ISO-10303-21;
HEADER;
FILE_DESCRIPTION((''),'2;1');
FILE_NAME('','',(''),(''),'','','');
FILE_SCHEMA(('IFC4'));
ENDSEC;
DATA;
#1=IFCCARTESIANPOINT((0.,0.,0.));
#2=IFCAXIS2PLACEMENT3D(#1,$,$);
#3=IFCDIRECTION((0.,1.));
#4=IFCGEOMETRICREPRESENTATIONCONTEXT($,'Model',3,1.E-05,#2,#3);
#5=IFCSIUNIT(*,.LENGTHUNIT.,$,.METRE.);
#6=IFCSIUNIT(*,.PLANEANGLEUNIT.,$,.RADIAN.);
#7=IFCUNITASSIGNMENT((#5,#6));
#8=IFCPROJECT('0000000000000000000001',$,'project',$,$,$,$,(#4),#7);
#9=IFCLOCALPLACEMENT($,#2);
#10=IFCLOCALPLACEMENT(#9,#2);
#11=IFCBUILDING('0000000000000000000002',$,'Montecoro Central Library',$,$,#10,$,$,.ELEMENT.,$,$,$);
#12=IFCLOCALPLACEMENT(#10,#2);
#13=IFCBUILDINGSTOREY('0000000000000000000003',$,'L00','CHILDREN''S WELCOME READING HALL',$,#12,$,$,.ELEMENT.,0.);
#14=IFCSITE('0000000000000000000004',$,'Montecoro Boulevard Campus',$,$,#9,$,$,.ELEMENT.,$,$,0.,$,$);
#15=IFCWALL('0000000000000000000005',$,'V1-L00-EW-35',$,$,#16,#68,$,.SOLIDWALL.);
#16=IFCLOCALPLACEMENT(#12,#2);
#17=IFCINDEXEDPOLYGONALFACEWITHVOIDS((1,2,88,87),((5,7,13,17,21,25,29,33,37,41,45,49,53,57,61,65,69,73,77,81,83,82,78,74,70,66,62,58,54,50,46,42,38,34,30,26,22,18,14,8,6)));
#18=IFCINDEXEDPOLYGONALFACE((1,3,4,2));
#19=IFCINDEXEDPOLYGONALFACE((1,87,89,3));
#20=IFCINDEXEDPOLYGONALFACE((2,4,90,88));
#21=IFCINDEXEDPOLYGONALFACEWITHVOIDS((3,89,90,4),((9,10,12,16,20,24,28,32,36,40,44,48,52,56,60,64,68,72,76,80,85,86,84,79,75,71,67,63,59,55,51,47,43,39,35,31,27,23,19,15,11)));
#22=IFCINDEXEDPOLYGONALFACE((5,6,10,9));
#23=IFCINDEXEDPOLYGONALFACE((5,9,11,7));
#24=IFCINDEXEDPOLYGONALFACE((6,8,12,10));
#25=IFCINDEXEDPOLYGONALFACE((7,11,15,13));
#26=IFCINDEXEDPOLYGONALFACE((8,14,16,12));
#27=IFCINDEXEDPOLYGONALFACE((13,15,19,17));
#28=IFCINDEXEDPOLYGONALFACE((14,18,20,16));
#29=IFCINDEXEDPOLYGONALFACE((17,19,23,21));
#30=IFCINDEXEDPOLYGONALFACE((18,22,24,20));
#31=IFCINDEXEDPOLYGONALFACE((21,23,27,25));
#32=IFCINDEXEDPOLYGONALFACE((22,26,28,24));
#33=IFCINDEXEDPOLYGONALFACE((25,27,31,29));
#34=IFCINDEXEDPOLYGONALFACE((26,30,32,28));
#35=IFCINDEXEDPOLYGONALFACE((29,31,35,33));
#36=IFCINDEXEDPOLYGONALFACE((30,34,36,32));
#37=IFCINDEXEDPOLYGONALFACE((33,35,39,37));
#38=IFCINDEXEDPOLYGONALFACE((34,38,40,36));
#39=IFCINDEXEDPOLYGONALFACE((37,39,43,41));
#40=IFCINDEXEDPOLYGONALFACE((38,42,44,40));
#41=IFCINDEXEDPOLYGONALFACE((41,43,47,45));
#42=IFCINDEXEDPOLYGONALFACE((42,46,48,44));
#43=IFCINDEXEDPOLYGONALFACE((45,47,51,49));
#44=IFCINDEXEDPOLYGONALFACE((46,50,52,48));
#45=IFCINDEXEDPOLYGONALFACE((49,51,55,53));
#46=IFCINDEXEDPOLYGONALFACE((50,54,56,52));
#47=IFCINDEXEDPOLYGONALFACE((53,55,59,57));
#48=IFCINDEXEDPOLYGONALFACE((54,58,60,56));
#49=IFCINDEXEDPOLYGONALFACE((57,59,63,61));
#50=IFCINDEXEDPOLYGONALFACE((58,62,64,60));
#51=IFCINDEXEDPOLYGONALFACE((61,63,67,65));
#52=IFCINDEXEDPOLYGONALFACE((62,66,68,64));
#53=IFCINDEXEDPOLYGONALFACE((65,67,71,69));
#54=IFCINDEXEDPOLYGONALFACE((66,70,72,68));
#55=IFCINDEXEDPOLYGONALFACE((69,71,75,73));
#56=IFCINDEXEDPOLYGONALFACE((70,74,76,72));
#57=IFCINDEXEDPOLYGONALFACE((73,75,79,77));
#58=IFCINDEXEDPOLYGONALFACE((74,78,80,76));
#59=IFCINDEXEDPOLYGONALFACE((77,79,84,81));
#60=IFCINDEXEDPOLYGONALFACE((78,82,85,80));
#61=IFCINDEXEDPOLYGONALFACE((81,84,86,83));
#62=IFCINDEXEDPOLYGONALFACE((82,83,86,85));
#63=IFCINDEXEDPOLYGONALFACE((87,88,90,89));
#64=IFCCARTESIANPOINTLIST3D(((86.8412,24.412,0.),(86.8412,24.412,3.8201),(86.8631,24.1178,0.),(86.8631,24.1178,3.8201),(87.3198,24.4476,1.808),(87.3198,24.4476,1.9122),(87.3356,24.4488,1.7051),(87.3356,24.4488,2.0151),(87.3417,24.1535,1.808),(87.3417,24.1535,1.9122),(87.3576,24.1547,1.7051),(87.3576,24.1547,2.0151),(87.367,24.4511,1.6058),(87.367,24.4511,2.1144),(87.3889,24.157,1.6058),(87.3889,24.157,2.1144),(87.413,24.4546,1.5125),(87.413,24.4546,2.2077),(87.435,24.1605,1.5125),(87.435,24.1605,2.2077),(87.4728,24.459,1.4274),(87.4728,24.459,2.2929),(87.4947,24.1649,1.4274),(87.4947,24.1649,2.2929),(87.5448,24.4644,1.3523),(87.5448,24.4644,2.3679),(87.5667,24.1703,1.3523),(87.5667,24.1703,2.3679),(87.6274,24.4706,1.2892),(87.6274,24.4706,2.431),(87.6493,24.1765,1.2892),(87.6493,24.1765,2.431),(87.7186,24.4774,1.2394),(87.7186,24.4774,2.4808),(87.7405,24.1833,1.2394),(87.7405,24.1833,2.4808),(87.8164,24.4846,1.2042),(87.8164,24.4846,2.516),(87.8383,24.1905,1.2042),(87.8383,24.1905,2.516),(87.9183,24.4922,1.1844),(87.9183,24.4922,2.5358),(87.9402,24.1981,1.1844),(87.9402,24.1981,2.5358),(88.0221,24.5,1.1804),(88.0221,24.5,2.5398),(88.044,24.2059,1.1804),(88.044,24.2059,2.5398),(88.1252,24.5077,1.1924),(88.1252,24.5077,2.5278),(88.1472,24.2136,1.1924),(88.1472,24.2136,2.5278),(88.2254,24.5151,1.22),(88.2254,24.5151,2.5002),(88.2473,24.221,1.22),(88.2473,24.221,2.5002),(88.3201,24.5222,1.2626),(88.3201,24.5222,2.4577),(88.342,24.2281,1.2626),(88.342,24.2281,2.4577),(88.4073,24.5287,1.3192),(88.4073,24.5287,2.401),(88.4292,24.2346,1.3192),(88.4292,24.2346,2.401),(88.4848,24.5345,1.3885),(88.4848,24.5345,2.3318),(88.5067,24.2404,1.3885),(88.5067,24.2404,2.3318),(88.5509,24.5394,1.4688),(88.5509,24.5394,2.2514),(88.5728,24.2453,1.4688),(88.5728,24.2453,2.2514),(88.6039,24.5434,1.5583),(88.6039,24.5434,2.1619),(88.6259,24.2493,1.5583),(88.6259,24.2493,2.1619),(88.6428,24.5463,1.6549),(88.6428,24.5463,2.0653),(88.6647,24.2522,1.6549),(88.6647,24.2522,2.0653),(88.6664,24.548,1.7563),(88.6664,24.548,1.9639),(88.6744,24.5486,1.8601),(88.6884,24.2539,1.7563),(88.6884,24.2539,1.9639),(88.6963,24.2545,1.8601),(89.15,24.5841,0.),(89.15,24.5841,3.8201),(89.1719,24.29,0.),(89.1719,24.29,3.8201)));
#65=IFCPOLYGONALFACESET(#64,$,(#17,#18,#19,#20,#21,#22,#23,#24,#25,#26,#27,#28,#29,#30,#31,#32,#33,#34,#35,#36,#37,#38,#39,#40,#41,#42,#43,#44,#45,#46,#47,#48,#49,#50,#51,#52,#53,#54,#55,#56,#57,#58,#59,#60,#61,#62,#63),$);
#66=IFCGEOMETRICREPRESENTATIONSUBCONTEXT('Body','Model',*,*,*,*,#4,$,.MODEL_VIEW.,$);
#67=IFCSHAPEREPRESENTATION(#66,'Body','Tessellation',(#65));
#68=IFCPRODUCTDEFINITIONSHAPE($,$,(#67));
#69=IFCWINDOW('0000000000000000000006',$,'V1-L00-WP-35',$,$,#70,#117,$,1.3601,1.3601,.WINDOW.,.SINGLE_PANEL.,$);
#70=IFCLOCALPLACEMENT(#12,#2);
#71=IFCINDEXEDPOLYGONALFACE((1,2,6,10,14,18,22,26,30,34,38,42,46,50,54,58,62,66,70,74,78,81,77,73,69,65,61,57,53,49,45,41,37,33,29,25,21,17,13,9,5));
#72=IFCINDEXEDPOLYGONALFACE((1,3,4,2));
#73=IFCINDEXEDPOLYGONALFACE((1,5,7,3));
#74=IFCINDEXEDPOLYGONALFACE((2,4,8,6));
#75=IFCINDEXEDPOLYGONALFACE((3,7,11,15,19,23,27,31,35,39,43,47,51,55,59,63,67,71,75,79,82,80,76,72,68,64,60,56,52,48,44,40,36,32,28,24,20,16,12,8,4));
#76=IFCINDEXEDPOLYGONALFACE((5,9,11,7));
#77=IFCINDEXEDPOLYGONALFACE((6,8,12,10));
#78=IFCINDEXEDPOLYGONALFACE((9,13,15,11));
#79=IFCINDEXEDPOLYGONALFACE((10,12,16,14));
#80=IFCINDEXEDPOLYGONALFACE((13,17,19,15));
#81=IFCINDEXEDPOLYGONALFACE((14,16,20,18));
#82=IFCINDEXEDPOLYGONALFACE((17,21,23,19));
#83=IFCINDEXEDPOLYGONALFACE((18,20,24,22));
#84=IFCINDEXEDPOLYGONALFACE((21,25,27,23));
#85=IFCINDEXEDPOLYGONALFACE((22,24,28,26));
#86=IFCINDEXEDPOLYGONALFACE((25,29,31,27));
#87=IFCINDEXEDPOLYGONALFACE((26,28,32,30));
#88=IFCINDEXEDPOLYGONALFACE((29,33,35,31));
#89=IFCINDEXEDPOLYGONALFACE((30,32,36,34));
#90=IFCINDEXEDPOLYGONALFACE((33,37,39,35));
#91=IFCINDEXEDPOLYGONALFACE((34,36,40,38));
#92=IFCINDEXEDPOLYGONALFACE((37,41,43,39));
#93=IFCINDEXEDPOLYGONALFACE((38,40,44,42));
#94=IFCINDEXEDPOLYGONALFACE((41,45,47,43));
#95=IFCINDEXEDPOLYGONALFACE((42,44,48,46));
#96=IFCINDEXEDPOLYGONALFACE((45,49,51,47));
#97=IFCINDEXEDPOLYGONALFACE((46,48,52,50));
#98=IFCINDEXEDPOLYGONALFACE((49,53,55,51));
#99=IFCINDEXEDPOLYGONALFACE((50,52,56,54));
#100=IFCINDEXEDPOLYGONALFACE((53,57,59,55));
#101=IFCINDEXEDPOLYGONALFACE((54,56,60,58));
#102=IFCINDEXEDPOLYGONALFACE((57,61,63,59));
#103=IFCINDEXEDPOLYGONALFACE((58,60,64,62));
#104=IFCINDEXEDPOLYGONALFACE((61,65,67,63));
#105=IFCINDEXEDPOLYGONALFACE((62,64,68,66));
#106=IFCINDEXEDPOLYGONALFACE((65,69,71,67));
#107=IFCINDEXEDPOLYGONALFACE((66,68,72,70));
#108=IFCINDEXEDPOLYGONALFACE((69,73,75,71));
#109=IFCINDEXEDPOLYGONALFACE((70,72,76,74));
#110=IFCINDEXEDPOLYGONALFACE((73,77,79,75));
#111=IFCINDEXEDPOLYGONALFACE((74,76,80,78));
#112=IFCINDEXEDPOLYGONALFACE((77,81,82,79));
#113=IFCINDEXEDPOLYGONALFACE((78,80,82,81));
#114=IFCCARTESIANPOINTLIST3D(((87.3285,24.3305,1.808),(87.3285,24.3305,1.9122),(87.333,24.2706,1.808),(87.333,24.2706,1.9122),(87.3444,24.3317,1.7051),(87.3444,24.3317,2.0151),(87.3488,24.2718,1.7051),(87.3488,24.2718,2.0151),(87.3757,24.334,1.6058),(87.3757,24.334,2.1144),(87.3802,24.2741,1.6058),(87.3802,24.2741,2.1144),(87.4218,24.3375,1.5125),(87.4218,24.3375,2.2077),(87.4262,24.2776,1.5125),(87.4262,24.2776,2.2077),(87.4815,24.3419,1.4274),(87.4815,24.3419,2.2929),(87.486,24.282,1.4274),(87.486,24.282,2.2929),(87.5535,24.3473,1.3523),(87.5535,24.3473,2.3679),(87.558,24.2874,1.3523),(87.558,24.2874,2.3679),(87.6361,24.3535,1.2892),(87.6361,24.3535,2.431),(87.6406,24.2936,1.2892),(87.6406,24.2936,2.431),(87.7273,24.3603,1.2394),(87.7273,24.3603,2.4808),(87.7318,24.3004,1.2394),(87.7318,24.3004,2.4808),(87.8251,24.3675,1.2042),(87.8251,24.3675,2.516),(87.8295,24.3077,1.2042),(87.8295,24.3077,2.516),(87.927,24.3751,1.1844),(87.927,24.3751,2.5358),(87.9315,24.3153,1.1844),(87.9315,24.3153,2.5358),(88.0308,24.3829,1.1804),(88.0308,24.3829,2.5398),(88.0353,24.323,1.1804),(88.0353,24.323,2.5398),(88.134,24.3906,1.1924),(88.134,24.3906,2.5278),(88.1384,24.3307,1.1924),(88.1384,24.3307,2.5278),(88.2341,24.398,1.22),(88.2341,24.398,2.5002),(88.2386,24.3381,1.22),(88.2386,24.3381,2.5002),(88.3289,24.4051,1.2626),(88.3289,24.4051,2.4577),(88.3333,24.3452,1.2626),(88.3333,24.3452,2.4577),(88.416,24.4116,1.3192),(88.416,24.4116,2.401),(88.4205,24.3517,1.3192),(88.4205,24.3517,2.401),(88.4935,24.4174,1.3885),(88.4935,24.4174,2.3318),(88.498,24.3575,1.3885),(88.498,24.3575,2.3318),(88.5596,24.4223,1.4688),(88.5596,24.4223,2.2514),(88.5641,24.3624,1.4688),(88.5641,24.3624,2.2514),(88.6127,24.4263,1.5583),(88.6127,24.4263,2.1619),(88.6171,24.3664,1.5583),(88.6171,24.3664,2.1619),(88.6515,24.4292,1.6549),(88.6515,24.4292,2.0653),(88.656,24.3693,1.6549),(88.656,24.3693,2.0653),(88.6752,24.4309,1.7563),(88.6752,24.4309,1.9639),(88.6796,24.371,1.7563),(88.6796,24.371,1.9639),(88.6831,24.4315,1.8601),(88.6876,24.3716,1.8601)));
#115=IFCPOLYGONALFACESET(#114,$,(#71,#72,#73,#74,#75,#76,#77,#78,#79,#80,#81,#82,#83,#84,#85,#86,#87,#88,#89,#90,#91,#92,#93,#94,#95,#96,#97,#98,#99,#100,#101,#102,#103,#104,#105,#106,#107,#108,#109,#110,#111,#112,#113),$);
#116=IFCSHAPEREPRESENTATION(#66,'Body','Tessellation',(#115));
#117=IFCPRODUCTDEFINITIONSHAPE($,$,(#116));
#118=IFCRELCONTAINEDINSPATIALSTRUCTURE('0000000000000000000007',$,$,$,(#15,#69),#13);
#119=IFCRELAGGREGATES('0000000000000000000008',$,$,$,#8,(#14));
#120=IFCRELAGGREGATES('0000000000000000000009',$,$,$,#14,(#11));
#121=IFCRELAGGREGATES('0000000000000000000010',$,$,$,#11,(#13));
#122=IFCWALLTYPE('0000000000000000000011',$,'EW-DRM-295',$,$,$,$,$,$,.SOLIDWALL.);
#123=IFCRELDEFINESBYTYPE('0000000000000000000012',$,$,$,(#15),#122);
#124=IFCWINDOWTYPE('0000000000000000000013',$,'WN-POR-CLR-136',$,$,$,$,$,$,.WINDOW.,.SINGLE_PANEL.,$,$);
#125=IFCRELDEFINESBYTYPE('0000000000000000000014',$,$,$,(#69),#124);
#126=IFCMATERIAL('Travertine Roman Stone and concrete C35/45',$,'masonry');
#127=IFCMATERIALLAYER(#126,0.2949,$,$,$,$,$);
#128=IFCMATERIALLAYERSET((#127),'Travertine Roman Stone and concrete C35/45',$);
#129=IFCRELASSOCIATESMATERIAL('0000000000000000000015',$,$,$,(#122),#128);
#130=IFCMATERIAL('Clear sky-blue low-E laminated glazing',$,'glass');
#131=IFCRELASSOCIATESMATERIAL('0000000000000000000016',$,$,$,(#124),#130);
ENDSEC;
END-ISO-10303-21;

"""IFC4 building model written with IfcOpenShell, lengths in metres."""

from ifc_helpers import new_model, si_unit, direction, frame, frame_2d, origin, place, context, subcontext, project, spatial, rectangle, circle, extrude, material, layer, layer_set, type_object, element, fill, save


model = new_model("IFC4")

# Units and contexts
model_context = context("Model", 3, precision=1e-05, world=origin(), true_north=direction((0.0, 1.0)))
body_context = subcontext(model_context, "Body", "Model", "MODEL_VIEW")
ifc_project = project(units=[si_unit("LENGTHUNIT", "METRE"), si_unit("PLANEANGLEUNIT", "RADIAN")], contexts=[model_context])

# Site, building, storey
site_placement = place(None, origin())
site = spatial("IfcSite", under=ifc_project, at=site_placement, Name="Montecoro Boulevard Campus", CompositionType="ELEMENT", RefElevation=0.0)
building_placement = place(site_placement, origin())
building = spatial("IfcBuilding", under=site, at=building_placement, Name="Montecoro Central Library", CompositionType="ELEMENT")
storey_placement = place(building_placement, origin())
storey = spatial("IfcBuildingStorey", under=building, at=storey_placement, Name="L00", Description="CHILDREN'S WELCOME READING HALL", CompositionType="ELEMENT", Elevation=0.0)

# Wall, opening, window
ifc_material_1 = material(Name="Travertine Roman Stone and concrete C35/45", Category="masonry")
ifc_layer_1 = layer(ifc_material_1, 0.2949)
ifc_layer_set_1 = layer_set([ifc_layer_1], Name="Travertine Roman Stone and concrete C35/45")
wall_type_1 = type_object("IfcWallType", Name="EW-DRM-295", PredefinedType="SOLIDWALL", material=ifc_layer_set_1)
ifc_material_2 = material(Name="Clear sky-blue low-E laminated glazing", Category="glass")
window_type_1 = type_object("IfcWindowType", Name="WN-POR-CLR-136", PartitioningType="SINGLE_PANEL", PredefinedType="WINDOW", material=ifc_material_2)
wall_1_placement = place(storey_placement, frame((86.8521, 24.2649, 0.0), z_axis=(0.0, 0.0, 1.0), x_axis=(0.997233, 0.074342, 0.0)))
wall_1 = element("IfcWall", 1, at=wall_1_placement, inside=storey, type_object=wall_type_1, Name="V1-L00-EW-35", PredefinedType="SOLIDWALL", context=body_context, shape_type="SweptSolid", body=[
    extrude(rectangle(XDim=2.3152, YDim=0.2949, at=frame_2d((1.1577, 0.0))), origin(), (0.0, 0.0, 1.0), 3.8201),
])
opening_1_placement = place(wall_1_placement, frame((0.478, 0.0, 1.1799)))
opening_1 = element("IfcOpeningElement", 2, at=opening_1_placement, cuts=wall_1, PredefinedType="OPENING", context=body_context, shape_type="SweptSolid", body=[
    extrude(circle(Radius=0.6802, at=frame_2d((0.6802, 0.6802))), frame((0.0, 0.1575, 0.0), z_axis=(0.0, -1.0, 0.0), x_axis=(1.0, 0.0, 0.0)), (0.0, 0.0, 1.0), 0.3149),
])
window_1_placement = place(opening_1_placement, origin())
window_1 = element("IfcWindow", 3, at=window_1_placement, inside=storey, type_object=window_type_1, Name="V1-L00-WP-35", OverallHeight=1.3601, OverallWidth=1.3601, PartitioningType="SINGLE_PANEL", PredefinedType="WINDOW", context=body_context, shape_type="SweptSolid", body=[
    extrude(circle(Radius=0.6802, at=frame_2d((0.6802, 0.6802))), frame((0.0, 0.03, 0.0), z_axis=(0.0, -1.0, 0.0), x_axis=(1.0, 0.0, 0.0)), (0.0, 0.0, 1.0), 0.0601),
])
fill(opening_1, window_1)

save(model, "model.ifc")
